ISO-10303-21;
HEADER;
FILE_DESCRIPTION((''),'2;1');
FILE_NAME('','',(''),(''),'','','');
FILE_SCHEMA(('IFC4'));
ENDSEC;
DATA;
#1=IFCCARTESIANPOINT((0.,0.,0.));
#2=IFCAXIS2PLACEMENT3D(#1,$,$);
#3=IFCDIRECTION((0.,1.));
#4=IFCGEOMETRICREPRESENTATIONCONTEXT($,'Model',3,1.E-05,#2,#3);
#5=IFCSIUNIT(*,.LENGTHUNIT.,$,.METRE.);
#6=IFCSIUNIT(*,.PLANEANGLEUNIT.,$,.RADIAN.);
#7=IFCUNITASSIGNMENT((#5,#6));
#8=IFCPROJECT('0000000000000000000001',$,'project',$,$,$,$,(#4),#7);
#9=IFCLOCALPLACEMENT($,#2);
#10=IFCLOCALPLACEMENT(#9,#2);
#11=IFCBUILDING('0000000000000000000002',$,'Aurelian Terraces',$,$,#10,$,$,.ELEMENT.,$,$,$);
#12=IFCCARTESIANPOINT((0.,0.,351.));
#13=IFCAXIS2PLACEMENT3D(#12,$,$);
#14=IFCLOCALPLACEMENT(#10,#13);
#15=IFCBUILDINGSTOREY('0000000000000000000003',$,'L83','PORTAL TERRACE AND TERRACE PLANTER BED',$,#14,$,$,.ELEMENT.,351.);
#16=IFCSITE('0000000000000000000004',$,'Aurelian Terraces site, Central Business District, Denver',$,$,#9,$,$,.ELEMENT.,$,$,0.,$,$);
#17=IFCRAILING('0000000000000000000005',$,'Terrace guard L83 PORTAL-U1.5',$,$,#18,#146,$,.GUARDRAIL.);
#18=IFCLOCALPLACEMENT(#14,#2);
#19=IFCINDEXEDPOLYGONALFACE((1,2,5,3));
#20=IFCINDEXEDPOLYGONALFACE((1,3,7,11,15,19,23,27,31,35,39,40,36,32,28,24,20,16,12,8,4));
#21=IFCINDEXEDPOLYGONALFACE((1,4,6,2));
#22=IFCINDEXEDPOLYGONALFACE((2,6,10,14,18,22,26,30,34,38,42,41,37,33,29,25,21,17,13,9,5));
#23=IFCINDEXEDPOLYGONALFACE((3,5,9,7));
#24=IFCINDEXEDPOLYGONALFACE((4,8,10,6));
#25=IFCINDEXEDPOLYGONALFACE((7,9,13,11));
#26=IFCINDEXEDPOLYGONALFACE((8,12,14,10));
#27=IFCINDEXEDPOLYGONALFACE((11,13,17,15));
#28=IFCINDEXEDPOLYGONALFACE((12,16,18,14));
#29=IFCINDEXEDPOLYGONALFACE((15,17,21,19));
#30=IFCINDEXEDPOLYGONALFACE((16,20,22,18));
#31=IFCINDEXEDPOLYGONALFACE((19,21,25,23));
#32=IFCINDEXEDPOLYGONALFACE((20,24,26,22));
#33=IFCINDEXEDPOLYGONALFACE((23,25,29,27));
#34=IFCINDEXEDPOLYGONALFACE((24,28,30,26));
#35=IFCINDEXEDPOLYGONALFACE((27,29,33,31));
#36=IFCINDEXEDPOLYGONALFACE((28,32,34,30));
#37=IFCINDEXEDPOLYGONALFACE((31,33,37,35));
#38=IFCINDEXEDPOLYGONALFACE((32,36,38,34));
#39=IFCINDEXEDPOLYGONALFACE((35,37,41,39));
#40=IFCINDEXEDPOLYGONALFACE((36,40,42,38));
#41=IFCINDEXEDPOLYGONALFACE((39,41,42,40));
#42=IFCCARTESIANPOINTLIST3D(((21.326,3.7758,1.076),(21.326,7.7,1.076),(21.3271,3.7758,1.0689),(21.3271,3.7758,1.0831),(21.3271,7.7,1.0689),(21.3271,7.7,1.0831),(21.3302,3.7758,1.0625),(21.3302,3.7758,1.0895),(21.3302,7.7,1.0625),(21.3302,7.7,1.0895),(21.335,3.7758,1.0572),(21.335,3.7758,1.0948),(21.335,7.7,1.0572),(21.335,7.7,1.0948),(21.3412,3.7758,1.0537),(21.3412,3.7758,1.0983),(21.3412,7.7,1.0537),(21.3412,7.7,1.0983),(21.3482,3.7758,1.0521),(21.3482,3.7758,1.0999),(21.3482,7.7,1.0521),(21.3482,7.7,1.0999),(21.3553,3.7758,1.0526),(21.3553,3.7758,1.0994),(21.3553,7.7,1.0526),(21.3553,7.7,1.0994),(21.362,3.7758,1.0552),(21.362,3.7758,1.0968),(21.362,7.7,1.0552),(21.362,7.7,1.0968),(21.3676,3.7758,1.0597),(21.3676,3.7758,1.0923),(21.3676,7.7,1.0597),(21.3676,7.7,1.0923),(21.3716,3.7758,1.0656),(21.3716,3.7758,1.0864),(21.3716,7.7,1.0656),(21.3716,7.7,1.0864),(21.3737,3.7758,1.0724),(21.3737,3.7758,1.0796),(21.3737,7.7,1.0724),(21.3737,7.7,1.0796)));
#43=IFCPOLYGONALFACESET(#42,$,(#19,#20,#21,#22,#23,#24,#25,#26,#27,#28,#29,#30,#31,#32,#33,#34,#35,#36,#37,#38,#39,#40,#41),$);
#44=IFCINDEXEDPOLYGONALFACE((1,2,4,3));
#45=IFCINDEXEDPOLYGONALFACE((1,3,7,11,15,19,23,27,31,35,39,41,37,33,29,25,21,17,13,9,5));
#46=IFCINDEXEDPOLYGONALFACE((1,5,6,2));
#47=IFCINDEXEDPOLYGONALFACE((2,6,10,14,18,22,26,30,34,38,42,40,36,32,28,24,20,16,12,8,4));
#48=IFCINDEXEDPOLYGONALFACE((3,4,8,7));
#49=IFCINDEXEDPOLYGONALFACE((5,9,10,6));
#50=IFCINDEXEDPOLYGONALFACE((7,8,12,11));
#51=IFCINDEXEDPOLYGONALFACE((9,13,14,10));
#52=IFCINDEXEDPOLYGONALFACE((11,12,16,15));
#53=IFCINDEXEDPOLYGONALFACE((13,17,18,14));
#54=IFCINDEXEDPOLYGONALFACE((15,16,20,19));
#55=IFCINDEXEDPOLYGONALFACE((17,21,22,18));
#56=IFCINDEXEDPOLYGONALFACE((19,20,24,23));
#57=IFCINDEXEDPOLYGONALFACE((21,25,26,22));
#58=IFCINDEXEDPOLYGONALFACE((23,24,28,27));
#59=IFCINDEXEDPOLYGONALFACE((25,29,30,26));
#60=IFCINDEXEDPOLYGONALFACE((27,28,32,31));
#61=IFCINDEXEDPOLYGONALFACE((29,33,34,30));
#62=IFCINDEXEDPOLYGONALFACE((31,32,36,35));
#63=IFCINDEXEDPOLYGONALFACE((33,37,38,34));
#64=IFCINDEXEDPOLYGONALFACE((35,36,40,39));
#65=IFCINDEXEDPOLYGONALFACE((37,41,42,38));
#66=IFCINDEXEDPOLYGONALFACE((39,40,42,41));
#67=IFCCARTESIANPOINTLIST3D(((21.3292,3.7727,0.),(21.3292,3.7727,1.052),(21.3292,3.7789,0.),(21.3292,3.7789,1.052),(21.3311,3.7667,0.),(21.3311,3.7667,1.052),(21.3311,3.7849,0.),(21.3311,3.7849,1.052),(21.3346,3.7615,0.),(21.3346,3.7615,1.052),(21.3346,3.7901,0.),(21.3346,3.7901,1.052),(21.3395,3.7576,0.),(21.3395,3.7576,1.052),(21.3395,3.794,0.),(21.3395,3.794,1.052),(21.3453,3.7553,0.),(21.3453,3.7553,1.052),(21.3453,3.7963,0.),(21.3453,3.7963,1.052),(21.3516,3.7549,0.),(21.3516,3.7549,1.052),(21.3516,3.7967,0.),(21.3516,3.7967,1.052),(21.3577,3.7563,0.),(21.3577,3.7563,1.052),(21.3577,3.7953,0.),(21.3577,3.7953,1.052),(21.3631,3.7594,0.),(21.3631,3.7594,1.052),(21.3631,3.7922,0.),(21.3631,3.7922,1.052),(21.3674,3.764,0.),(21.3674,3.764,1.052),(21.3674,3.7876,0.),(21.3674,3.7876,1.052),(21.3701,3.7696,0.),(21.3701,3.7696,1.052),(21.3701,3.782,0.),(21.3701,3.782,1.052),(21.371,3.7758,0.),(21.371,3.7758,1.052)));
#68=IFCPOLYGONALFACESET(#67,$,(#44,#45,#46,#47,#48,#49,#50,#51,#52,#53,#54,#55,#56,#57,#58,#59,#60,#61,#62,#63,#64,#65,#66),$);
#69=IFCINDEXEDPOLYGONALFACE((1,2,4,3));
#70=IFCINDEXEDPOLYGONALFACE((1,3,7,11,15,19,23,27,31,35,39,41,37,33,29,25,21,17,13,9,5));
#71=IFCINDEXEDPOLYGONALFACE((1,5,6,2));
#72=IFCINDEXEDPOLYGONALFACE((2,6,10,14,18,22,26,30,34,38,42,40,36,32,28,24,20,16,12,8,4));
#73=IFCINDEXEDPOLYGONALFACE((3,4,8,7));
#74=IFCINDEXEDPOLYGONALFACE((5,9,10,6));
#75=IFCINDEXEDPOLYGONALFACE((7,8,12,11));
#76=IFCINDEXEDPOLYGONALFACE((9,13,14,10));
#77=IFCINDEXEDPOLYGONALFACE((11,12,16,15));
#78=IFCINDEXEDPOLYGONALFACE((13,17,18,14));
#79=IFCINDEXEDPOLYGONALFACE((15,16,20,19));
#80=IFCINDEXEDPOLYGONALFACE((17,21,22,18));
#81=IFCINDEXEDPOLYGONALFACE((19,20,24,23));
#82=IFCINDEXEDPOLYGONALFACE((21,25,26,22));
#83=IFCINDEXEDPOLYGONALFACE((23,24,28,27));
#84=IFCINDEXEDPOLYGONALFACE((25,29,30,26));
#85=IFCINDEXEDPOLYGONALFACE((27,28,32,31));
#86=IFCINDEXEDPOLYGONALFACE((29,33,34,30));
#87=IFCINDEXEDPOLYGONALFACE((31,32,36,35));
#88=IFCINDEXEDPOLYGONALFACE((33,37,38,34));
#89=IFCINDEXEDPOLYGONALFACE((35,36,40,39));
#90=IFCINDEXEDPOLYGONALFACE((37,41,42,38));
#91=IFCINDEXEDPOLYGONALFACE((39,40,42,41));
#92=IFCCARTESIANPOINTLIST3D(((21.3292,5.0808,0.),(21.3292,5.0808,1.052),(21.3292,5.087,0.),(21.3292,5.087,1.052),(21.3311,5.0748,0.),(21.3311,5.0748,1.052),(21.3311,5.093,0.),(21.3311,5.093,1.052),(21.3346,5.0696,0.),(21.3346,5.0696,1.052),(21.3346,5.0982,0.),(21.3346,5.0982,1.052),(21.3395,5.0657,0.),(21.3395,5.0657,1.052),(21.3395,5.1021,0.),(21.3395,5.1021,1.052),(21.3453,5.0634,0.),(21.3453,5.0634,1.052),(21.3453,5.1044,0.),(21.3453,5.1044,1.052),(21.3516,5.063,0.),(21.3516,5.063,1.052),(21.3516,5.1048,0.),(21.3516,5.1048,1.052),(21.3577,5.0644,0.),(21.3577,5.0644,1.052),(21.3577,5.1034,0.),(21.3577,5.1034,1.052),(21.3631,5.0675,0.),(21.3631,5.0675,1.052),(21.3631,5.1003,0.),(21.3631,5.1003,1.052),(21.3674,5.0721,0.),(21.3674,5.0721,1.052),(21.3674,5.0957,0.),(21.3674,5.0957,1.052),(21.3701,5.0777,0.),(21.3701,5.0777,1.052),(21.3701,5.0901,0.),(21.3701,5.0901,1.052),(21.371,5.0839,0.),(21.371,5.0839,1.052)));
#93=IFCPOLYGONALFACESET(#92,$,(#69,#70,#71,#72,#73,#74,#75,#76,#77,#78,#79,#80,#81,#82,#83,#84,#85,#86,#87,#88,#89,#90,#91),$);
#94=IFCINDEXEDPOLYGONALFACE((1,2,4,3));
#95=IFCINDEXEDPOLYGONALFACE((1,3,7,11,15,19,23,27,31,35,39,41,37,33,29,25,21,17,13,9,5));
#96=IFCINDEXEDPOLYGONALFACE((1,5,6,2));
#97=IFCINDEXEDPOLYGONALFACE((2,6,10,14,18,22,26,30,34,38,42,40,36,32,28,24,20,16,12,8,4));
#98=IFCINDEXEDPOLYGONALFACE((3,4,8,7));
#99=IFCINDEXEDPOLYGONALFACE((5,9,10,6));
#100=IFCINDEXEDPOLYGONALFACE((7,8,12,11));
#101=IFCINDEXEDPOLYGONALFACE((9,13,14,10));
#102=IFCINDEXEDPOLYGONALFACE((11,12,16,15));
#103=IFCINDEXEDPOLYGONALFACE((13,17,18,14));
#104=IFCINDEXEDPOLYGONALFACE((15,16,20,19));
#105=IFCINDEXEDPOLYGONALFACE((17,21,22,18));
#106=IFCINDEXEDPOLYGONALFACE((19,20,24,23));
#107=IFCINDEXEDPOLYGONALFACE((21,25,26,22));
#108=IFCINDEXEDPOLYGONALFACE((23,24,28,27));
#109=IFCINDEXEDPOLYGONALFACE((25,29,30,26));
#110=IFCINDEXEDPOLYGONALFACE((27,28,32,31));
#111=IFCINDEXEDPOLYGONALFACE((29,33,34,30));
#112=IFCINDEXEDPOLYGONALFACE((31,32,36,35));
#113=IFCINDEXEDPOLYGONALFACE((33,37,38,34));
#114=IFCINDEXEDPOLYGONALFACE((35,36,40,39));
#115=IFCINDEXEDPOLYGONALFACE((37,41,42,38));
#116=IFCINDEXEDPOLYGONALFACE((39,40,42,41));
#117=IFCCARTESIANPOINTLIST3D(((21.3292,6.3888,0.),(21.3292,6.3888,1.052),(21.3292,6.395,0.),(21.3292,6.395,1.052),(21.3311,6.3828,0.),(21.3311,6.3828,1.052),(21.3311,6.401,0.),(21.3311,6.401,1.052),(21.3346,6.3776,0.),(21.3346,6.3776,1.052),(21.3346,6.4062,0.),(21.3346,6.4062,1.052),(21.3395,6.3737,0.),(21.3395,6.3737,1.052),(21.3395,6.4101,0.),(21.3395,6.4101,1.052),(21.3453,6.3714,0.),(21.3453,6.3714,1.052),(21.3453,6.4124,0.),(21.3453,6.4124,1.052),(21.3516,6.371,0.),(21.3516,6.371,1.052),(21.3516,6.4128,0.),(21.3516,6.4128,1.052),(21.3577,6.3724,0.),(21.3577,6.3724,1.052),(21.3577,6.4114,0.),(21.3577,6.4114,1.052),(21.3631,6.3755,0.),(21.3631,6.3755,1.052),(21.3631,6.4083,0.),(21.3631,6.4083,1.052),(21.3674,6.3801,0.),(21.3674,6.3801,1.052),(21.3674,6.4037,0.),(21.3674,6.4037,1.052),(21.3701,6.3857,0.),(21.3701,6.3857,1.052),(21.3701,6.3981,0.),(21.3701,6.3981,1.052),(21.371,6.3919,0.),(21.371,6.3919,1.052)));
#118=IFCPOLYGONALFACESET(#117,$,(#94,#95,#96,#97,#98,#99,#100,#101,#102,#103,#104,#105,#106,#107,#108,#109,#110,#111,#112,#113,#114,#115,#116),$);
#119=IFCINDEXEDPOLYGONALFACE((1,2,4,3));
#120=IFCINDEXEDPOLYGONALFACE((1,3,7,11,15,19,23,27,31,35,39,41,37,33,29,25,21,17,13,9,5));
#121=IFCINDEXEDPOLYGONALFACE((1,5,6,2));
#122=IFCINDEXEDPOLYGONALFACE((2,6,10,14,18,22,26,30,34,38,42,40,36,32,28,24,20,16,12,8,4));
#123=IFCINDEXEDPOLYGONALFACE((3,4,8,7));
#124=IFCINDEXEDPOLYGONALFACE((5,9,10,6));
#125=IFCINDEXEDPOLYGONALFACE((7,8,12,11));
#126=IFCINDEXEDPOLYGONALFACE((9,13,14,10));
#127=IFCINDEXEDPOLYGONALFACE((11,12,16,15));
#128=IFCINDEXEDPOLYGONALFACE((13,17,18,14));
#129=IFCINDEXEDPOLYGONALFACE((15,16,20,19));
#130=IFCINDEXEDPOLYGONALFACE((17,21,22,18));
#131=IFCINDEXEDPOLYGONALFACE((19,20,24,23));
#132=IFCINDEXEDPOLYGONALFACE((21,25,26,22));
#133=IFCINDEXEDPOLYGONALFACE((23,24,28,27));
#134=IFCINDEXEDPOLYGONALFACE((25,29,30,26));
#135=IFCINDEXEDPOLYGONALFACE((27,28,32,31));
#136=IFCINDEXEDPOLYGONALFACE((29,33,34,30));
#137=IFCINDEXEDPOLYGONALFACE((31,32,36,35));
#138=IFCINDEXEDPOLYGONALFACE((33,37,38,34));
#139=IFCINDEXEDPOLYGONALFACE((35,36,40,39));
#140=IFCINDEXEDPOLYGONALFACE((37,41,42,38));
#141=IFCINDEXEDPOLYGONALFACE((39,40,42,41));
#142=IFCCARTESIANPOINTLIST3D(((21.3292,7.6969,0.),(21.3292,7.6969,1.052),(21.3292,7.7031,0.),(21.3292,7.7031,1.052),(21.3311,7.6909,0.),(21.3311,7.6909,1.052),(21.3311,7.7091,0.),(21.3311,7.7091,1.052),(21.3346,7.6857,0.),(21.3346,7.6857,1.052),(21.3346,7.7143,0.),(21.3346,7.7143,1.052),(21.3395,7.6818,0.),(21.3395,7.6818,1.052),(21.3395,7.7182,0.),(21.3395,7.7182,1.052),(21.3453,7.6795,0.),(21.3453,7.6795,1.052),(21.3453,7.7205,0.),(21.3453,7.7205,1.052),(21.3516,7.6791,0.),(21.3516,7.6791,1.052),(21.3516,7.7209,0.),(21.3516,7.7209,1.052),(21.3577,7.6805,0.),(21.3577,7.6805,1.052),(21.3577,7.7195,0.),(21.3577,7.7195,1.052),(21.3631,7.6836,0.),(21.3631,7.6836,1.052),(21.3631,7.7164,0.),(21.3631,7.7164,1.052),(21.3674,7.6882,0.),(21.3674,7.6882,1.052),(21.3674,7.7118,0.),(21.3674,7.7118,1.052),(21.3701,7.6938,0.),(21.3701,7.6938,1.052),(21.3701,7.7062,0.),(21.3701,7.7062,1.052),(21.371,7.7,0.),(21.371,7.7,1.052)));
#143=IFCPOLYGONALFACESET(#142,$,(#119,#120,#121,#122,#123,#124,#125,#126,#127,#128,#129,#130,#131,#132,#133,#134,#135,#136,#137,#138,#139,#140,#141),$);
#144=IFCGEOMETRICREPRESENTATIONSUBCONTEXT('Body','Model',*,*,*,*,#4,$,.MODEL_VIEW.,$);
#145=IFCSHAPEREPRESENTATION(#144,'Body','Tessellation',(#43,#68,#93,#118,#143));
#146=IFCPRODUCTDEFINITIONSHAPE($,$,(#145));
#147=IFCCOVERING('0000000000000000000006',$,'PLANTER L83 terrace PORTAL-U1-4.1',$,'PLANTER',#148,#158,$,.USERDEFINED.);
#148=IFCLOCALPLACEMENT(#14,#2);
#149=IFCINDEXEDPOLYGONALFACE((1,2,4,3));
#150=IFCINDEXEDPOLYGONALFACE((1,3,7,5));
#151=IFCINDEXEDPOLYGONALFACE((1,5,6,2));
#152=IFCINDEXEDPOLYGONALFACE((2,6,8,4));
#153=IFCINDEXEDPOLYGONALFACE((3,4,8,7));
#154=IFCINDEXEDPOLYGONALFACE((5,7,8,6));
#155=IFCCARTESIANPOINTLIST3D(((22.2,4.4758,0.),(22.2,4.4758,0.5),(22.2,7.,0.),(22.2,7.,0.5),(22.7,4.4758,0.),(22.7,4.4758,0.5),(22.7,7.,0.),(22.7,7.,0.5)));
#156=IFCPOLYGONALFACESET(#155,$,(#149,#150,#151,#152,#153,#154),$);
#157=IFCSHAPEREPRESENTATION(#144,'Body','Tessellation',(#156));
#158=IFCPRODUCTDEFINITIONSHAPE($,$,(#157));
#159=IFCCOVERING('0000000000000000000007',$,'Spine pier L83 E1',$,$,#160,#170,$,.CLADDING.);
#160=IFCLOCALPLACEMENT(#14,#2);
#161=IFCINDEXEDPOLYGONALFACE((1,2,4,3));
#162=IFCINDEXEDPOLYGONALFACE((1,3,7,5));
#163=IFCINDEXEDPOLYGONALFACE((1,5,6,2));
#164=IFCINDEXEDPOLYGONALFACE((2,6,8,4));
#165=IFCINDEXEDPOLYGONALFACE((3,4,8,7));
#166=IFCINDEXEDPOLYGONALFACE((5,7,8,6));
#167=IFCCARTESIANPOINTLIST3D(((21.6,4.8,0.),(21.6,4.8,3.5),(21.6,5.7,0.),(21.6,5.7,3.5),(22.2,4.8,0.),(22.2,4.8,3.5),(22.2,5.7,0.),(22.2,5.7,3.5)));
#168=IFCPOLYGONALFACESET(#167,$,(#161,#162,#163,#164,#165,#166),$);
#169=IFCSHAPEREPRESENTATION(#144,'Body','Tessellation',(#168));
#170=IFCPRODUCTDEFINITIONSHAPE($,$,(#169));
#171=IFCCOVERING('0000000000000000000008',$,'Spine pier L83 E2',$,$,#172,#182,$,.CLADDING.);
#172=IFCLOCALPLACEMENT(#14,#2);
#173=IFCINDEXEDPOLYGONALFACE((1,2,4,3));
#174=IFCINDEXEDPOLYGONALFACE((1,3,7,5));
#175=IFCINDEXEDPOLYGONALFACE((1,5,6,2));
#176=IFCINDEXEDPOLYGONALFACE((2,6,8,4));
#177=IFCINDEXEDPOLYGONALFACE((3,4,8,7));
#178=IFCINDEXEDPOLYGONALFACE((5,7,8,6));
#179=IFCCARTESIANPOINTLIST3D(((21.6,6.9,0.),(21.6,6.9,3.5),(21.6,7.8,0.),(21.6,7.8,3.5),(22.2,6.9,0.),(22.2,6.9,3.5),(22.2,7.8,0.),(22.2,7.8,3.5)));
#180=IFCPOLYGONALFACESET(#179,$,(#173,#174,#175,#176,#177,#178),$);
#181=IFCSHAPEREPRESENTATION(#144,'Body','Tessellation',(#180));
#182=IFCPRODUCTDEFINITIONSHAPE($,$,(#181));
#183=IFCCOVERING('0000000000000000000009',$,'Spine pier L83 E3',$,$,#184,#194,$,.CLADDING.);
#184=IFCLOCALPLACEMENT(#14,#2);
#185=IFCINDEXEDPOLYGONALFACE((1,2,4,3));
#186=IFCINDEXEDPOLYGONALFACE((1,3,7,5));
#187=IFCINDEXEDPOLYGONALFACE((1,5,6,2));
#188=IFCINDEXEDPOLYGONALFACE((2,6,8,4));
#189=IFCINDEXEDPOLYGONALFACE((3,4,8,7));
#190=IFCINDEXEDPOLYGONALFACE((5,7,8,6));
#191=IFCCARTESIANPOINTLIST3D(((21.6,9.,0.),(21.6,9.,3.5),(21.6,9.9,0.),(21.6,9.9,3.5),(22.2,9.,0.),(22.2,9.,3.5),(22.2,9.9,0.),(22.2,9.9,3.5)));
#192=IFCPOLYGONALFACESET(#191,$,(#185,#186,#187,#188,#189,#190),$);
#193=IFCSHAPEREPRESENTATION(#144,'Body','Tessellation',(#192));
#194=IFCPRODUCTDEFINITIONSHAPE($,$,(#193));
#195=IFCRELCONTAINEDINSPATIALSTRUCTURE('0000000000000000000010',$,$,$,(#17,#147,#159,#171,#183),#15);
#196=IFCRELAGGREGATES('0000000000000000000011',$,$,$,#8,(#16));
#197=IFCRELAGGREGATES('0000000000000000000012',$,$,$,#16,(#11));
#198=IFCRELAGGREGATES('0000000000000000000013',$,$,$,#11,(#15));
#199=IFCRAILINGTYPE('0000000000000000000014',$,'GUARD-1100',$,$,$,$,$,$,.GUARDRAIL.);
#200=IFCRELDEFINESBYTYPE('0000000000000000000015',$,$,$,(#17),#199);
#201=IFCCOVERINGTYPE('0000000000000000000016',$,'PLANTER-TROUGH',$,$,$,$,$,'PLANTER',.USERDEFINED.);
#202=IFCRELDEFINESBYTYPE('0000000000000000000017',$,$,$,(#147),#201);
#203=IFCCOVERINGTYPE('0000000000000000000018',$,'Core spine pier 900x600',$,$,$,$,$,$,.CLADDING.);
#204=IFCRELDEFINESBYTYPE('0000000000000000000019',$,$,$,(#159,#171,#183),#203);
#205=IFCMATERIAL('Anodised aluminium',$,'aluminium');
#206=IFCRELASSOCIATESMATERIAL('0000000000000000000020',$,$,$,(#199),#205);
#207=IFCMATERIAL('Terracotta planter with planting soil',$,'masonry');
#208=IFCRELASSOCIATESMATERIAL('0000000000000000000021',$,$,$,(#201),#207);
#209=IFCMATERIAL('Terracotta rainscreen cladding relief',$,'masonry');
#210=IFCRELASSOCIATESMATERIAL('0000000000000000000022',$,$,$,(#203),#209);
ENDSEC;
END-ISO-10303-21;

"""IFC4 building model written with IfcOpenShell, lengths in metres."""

from ifc_helpers import new_model, si_unit, direction, frame, origin, origin_2d, place, context, subcontext, project, spatial, rectangle, circle, extrude, source, transform, mapped, material, type_object, element, save


model = new_model("IFC4")

# Units and contexts
model_context = context("Model", 3, precision=1e-05, world=origin(), true_north=direction((0.0, 1.0)))
body_context = subcontext(model_context, "Body", "Model", "MODEL_VIEW")
ifc_project = project(units=[si_unit("LENGTHUNIT", "METRE"), si_unit("PLANEANGLEUNIT", "RADIAN")], contexts=[model_context])

# Site, building, storey
site_placement = place(None, origin())
site = spatial("IfcSite", under=ifc_project, at=site_placement, Name="Aurelian Terraces site, Central Business District, Denver", CompositionType="ELEMENT", RefElevation=0.0)
building_placement = place(site_placement, origin())
building = spatial("IfcBuilding", under=site, at=building_placement, Name="Aurelian Terraces", CompositionType="ELEMENT")
storey_placement = place(building_placement, frame((0.0, 0.0, 351.0)))
storey = spatial("IfcBuildingStorey", under=building, at=storey_placement, Name="L83", Description="PORTAL TERRACE AND TERRACE PLANTER BED", CompositionType="ELEMENT", Elevation=351.0)

# Shared definitions
ifc_material_1 = material(Name="Anodised aluminium", Category="aluminium")
railing_type = type_object("IfcRailingType", Name="GUARD-1100", PredefinedType="GUARDRAIL", material=ifc_material_1)

# Shared definitions
ifc_material_2 = material(Name="Terracotta planter with planting soil", Category="masonry")
covering_type_1 = type_object("IfcCoveringType", Name="PLANTER-TROUGH", ElementType="PLANTER", PredefinedType="USERDEFINED", material=ifc_material_2)
ifc_material_3 = material(Name="Terracotta rainscreen cladding relief", Category="masonry")

# Railing
shared_shape_1 = source(origin(), body_context, "Body", "SweptSolid", [
    extrude(circle(Radius=0.024, at=origin_2d()), frame((0.0, 0.0, 1.076), z_axis=(0.0, 1.0, 0.0), x_axis=(-1.0, 0.0, 0.0)), (0.0, 0.0, 1.0), 3.9242),
    extrude(circle(Radius=0.021, at=origin_2d()), origin(), (0.0, 0.0, 1.0), 1.052),
    extrude(circle(Radius=0.021, at=origin_2d()), frame((0.0, 1.3081, 0.0)), (0.0, 0.0, 1.0), 1.052),
    extrude(circle(Radius=0.021, at=origin_2d()), frame((0.0, 2.6161, 0.0)), (0.0, 0.0, 1.0), 1.052),
    extrude(circle(Radius=0.021, at=origin_2d()), frame((0.0, 3.9242, 0.0)), (0.0, 0.0, 1.0), 1.052),
])
railing_1_placement = place(storey_placement, frame((21.35, 3.7758, 0.0)))
element("IfcRailing", 1, at=railing_1_placement, inside=storey, type_object=railing_type, Name="Terrace guard L83 PORTAL-U1.5", PredefinedType="GUARDRAIL", context=body_context, shape_type="MappedRepresentation", body=[
    mapped(shared_shape_1, transform((0.0, 0.0, 0.0), scale=1.0)),
])

# Coverings
shared_shape_2 = source(origin(), body_context, "Body", "SweptSolid", [
    extrude(rectangle(XDim=0.5, YDim=2.5242, at=origin_2d()), origin(), (0.0, 0.0, 1.0), 0.5),
])
covering_1_placement = place(storey_placement, frame((22.45, 5.7379, 0.0), z_axis=(0.0, 0.0, 1.0), x_axis=(1.0, 0.0, 0.0)))
element("IfcCovering", 2, at=covering_1_placement, inside=storey, type_object=covering_type_1, Name="PLANTER L83 terrace PORTAL-U1-4.1", ObjectType="PLANTER", PredefinedType="USERDEFINED", context=body_context, shape_type="MappedRepresentation", body=[
    mapped(shared_shape_2, transform((0.0, 0.0, 0.0), scale=1.0)),
])
covering_type_2 = type_object("IfcCoveringType", Name="Core spine pier 900x600", PredefinedType="CLADDING", material=ifc_material_3)
shared_shape_3 = source(origin(), body_context, "Body", "SweptSolid", [
    extrude(rectangle(XDim=0.6, YDim=0.9, at=origin_2d()), origin(), (0.0, 0.0, 1.0), 3.5),
])
for number, where, z_axis, x_axis, name in (
    (3, (21.9, 5.25, 0.0), (0.0, 0.0, 1.0), (1.0, 0.0, 0.0), "Spine pier L83 E1"),
    (4, (21.9, 7.35, 0.0), (0.0, 0.0, 1.0), (1.0, 0.0, 0.0), "Spine pier L83 E2"),
    (5, (21.9, 9.45, 0.0), (0.0, 0.0, 1.0), (1.0, 0.0, 0.0), "Spine pier L83 E3"),
):
    element("IfcCovering", number, at=place(storey_placement, frame(where, z_axis=z_axis, x_axis=x_axis)), inside=storey, type_object=covering_type_2, Name=name, PredefinedType="CLADDING", context=body_context, shape_type="MappedRepresentation", body=[
        mapped(shared_shape_3, transform((0.0, 0.0, 0.0), scale=1.0)),
    ])

save(model, "model.ifc")
